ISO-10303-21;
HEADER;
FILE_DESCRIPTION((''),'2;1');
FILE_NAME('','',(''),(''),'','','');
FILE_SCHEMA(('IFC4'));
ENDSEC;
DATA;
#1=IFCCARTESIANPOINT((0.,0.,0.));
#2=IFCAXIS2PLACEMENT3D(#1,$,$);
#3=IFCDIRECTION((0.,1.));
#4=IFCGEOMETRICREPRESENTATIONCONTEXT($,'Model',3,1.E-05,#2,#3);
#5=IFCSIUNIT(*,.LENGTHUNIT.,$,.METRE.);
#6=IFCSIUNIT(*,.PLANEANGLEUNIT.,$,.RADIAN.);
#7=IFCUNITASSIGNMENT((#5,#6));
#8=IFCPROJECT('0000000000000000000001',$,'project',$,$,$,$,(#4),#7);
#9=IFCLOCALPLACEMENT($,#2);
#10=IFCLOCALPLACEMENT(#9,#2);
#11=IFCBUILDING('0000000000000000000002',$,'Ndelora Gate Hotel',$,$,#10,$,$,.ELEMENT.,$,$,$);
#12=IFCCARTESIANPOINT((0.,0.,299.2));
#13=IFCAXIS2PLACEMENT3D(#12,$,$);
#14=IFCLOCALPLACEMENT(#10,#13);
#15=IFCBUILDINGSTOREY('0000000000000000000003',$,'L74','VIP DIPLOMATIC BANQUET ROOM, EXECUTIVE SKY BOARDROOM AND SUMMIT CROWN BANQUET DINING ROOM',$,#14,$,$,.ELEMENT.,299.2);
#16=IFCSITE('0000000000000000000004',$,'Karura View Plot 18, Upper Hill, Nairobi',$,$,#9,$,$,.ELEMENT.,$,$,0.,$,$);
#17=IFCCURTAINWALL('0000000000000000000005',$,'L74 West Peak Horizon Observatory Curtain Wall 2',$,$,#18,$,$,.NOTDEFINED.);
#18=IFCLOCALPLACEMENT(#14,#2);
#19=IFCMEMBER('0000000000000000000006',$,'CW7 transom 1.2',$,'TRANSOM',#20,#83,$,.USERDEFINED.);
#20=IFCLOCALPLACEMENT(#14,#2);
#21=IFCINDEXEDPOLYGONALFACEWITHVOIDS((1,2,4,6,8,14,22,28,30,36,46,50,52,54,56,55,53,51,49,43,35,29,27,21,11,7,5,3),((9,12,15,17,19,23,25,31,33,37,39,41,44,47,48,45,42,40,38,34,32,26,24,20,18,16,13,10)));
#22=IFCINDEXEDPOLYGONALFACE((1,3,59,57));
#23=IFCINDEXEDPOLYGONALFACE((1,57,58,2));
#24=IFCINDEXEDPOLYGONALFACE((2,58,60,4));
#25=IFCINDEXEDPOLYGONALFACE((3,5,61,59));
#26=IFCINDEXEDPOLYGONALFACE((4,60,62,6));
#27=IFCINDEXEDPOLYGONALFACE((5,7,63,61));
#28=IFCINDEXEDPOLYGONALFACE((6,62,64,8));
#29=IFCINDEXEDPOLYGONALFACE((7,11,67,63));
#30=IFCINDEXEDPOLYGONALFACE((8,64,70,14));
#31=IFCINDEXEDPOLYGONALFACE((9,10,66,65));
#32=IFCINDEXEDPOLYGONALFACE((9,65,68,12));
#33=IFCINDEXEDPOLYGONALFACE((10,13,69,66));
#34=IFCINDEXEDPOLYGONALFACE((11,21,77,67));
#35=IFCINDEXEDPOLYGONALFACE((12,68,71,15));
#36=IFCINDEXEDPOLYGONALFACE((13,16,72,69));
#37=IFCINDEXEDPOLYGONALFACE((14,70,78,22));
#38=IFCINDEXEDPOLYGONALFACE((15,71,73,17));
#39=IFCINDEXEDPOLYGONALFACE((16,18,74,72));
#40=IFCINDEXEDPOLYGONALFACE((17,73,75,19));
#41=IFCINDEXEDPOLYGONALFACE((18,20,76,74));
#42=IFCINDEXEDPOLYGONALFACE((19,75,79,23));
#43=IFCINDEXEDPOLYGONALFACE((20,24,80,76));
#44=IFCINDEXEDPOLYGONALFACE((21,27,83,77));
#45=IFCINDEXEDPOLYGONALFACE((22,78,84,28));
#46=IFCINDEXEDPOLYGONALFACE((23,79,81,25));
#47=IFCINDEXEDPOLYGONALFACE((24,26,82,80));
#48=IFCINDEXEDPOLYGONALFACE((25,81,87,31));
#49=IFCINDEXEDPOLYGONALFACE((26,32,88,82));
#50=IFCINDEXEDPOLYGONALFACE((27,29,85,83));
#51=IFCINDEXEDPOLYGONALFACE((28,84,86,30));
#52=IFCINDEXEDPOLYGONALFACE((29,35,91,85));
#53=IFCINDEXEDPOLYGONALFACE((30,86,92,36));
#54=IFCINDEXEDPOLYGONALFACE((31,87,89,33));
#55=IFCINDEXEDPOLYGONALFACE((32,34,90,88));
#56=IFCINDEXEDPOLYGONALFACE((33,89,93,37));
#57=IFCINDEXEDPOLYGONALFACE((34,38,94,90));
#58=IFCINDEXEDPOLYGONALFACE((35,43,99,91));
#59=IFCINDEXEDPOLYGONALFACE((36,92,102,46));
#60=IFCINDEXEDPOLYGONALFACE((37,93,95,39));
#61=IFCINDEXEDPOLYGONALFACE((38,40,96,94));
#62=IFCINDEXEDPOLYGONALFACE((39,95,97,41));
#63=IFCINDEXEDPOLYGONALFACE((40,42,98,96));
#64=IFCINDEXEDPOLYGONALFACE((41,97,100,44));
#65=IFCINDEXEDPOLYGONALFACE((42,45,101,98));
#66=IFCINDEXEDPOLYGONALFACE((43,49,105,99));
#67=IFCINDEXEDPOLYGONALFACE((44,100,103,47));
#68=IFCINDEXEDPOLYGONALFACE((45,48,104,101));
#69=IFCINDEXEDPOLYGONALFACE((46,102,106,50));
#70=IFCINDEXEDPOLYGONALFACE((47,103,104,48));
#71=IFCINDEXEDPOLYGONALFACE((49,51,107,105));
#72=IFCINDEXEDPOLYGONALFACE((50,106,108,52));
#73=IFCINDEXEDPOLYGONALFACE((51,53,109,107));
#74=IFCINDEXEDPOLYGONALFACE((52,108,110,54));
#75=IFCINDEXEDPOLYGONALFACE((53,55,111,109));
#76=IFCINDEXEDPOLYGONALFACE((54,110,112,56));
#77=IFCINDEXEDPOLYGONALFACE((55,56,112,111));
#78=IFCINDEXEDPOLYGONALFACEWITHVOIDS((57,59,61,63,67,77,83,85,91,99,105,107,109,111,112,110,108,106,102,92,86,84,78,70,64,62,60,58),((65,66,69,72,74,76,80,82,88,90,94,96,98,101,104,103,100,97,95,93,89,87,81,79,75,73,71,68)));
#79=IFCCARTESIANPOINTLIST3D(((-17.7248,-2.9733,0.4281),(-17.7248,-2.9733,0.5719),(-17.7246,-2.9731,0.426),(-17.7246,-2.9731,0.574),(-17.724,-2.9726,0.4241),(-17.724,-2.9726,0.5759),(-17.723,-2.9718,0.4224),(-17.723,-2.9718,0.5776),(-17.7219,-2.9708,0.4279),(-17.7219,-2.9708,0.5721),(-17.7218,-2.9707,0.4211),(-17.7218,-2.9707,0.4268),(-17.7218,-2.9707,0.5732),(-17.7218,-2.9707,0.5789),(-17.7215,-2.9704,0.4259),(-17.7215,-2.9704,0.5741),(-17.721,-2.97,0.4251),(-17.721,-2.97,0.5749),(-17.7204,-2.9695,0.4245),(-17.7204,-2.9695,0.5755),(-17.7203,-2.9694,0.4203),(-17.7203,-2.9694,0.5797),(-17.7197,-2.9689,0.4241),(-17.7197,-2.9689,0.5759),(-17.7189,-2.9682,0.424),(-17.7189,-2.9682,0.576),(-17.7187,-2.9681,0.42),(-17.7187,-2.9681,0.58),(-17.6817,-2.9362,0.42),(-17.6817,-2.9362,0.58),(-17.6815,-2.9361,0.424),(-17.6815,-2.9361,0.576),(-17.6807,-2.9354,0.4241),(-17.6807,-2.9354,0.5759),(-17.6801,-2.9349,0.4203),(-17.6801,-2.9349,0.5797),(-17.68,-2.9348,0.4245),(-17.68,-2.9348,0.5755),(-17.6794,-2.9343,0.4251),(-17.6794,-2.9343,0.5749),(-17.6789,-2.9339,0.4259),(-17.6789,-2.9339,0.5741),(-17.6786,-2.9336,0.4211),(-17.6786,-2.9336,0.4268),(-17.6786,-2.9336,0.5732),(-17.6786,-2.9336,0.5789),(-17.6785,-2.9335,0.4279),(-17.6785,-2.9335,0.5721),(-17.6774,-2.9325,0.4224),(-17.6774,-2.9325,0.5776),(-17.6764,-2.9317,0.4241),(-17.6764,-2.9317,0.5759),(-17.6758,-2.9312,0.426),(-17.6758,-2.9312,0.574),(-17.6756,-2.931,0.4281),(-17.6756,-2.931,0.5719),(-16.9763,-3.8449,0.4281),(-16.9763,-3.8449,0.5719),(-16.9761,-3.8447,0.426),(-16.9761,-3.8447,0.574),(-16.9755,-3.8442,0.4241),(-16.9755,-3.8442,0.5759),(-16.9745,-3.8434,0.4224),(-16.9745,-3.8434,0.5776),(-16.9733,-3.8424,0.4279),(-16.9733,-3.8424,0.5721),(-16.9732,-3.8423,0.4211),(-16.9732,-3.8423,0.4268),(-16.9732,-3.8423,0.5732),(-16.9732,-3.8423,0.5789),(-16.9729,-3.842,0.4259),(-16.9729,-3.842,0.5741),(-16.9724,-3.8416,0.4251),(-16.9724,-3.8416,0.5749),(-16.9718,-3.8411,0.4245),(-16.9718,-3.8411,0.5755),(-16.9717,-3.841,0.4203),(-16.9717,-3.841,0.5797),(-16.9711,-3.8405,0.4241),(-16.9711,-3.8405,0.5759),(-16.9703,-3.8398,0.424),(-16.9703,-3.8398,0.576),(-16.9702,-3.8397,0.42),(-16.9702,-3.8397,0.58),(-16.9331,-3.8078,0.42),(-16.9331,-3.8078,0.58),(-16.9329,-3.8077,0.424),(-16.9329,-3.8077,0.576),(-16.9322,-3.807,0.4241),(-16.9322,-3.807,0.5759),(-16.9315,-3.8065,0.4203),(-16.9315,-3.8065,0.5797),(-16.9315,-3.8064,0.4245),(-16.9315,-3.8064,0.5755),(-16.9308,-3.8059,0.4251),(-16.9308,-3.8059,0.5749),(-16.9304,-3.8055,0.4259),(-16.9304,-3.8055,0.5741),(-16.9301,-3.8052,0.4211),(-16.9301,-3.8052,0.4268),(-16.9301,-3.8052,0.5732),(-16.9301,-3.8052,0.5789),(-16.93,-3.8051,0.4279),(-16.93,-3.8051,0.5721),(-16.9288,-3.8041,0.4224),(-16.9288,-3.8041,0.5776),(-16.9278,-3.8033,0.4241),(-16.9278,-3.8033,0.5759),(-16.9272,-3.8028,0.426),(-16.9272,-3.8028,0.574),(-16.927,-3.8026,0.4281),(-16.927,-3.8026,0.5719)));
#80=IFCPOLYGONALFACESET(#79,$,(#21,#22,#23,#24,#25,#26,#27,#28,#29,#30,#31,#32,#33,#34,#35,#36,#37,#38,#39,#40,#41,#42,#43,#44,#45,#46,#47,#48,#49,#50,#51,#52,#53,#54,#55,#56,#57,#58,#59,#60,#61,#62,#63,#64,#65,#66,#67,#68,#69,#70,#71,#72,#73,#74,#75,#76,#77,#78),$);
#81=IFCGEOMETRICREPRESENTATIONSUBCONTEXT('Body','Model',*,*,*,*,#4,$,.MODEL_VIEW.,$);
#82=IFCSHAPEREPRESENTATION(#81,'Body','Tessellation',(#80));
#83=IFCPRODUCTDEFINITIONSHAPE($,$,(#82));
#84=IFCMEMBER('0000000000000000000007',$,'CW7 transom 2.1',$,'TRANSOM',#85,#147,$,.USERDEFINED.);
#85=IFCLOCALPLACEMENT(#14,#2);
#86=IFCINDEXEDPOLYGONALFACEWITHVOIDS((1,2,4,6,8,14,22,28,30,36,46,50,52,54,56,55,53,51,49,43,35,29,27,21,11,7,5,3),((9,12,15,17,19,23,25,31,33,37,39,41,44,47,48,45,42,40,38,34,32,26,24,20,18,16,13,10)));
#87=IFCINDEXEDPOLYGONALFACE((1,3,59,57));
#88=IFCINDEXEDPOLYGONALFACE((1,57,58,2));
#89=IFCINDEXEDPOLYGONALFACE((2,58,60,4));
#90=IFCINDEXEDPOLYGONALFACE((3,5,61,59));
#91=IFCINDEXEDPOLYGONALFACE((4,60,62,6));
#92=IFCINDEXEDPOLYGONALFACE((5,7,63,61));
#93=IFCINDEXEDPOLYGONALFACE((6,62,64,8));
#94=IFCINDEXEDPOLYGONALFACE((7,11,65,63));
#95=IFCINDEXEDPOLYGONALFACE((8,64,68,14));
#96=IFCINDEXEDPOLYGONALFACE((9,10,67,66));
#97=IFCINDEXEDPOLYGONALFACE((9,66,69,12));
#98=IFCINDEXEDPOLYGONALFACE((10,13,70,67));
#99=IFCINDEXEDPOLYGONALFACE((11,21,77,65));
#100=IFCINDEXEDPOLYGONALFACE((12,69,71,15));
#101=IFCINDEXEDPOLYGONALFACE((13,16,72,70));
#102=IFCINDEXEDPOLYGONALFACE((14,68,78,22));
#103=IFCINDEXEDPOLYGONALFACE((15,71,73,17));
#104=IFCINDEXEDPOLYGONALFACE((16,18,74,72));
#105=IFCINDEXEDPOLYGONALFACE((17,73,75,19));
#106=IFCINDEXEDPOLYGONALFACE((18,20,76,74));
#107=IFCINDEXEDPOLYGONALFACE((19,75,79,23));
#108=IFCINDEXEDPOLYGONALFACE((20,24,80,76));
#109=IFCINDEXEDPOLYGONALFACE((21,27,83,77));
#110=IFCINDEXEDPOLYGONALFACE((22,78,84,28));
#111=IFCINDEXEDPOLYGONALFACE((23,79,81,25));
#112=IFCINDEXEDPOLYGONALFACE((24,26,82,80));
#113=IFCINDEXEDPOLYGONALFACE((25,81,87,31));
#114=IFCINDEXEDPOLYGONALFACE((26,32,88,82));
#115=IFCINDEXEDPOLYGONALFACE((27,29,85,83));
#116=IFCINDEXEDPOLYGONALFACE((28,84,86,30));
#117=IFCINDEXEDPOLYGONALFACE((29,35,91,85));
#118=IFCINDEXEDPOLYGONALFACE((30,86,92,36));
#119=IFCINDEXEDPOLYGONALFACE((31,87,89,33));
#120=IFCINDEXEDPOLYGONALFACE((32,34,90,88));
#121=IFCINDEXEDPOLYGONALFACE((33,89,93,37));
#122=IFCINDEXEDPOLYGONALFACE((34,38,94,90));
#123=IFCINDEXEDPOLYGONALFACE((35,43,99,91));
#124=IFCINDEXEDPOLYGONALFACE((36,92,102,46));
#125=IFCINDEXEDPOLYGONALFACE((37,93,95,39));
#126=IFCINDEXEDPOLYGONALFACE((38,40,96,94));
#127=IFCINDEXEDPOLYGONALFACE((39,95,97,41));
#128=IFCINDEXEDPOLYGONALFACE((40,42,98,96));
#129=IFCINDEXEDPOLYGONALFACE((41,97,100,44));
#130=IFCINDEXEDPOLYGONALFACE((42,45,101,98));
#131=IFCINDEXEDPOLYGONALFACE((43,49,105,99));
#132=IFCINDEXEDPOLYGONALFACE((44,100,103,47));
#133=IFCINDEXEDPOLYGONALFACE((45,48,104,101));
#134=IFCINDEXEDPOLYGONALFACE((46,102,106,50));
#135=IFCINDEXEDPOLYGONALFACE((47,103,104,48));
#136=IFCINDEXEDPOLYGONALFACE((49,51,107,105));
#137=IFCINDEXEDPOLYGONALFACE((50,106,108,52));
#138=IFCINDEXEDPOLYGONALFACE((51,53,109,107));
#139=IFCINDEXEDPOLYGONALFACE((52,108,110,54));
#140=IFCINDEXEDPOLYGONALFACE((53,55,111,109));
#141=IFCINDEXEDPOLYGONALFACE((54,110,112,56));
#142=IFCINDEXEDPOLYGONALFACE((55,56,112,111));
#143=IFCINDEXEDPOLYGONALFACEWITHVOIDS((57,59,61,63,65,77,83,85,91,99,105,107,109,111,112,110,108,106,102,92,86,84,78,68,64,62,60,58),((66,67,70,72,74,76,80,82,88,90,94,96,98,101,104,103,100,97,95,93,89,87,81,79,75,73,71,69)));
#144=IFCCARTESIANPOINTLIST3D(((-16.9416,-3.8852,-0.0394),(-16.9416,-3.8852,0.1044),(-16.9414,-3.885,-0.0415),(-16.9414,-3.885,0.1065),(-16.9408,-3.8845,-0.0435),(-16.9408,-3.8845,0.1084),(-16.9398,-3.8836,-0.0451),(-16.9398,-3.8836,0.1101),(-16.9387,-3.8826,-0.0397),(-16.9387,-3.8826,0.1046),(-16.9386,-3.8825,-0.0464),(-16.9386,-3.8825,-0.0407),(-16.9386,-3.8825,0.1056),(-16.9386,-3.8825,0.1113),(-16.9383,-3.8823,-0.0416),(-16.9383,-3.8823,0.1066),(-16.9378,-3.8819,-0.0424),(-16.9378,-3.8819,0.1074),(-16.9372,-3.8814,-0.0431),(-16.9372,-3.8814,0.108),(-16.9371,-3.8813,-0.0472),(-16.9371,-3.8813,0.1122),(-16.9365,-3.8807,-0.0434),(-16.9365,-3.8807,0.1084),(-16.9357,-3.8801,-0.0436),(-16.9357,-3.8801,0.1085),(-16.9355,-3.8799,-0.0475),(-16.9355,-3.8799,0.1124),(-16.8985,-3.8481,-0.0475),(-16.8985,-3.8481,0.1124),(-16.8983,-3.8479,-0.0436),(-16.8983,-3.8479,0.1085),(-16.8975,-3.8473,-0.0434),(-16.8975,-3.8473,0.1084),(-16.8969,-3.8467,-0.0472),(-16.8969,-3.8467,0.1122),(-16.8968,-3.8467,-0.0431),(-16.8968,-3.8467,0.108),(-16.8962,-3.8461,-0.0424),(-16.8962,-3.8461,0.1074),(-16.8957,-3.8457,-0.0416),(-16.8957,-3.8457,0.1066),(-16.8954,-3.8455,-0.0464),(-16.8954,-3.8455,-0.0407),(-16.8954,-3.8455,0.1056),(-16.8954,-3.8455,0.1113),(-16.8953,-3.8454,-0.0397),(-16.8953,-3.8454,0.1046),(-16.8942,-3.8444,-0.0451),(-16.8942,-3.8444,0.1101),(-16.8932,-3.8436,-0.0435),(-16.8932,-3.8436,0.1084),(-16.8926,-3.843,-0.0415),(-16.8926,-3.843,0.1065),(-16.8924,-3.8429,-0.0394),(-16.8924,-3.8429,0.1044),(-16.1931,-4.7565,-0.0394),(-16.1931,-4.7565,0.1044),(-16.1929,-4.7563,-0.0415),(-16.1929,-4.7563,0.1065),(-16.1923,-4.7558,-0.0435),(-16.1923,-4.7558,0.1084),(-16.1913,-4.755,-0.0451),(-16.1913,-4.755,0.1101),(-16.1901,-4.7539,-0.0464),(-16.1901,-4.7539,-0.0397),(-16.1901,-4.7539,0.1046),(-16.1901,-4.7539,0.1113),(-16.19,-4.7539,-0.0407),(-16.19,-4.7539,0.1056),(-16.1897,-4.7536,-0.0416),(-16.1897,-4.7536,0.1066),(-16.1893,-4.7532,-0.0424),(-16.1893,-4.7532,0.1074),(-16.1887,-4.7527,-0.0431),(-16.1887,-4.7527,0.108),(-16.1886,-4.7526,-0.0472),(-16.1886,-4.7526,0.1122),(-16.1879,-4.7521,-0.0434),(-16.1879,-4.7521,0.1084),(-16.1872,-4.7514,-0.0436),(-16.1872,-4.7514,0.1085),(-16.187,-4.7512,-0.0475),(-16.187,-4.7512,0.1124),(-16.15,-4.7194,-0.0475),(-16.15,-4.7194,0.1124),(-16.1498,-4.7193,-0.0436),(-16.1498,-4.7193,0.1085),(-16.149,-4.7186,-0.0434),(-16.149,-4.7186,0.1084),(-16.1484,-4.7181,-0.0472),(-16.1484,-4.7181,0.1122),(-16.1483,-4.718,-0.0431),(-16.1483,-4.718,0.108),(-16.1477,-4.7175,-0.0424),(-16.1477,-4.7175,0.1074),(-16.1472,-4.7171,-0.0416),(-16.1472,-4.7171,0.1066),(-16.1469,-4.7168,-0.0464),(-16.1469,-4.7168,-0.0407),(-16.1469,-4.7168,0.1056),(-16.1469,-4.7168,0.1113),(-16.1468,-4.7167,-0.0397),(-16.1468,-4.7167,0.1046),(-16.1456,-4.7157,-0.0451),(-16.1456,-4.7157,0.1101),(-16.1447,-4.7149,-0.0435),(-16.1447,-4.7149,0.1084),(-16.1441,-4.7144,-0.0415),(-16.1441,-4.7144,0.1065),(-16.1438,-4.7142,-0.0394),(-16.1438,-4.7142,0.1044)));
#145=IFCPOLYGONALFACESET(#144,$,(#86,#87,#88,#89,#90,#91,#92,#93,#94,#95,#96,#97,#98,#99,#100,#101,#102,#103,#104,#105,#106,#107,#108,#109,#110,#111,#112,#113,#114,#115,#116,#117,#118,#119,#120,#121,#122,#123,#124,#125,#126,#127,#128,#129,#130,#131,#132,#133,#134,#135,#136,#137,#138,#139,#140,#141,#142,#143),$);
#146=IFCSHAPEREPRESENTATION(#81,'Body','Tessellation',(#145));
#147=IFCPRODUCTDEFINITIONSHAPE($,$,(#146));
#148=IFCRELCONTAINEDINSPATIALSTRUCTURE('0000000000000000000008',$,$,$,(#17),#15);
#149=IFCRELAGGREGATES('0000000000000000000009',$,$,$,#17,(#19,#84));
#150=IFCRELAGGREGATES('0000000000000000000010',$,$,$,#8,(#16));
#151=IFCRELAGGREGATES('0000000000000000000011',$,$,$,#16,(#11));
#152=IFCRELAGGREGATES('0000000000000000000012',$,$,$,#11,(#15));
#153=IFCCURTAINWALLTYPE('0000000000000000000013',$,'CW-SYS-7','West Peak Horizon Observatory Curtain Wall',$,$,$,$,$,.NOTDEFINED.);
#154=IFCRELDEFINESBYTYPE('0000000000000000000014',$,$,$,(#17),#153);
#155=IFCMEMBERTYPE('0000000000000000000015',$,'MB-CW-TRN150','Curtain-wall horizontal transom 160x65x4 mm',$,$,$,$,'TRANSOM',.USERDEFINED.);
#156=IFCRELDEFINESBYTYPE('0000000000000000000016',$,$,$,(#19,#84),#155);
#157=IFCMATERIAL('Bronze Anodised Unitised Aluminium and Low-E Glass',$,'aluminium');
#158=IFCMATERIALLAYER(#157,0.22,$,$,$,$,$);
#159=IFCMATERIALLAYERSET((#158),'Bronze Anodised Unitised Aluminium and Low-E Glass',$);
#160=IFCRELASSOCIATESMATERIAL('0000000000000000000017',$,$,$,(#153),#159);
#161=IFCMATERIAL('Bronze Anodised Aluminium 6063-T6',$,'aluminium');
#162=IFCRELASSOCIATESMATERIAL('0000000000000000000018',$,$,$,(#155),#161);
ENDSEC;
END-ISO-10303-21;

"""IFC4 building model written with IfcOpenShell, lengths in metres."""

from ifc_helpers import new_model, si_unit, direction, frame, origin, origin_2d, place, context, subcontext, project, spatial, hollow_rectangle, extrude, material, layer, layer_set, material_profile, profile_set, type_object, element, aggregate, save


model = new_model("IFC4")

# Units and contexts
model_context = context("Model", 3, precision=1e-05, world=origin(), true_north=direction((0.0, 1.0)))
body_context = subcontext(model_context, "Body", "Model", "MODEL_VIEW")
ifc_project = project(units=[si_unit("LENGTHUNIT", "METRE"), si_unit("PLANEANGLEUNIT", "RADIAN")], contexts=[model_context])

# Site, building, storey
site_placement = place(None, origin())
site = spatial("IfcSite", under=ifc_project, at=site_placement, Name="Karura View Plot 18, Upper Hill, Nairobi", CompositionType="ELEMENT", RefElevation=0.0)
building_placement = place(site_placement, origin())
building = spatial("IfcBuilding", under=site, at=building_placement, Name="Ndelora Gate Hotel", CompositionType="ELEMENT")
storey_placement = place(building_placement, frame((0.0, 0.0, 299.2)))
storey = spatial("IfcBuildingStorey", under=building, at=storey_placement, Name="L74", Description="VIP DIPLOMATIC BANQUET ROOM, EXECUTIVE SKY BOARDROOM AND SUMMIT CROWN BANQUET DINING ROOM", CompositionType="ELEMENT", Elevation=299.2)

# Curtain wall, members
ifc_material_1 = material(Name="Bronze Anodised Unitised Aluminium and Low-E Glass", Category="aluminium")
ifc_layer_1 = layer(ifc_material_1, 0.22)
ifc_layer_set_1 = layer_set([ifc_layer_1], Name="Bronze Anodised Unitised Aluminium and Low-E Glass")
curtain_wall_type = type_object("IfcCurtainWallType", Name="CW-SYS-7", Description="West Peak Horizon Observatory Curtain Wall", PredefinedType="NOTDEFINED", material=ifc_layer_set_1)
curtain_wall_placement = place(storey_placement, origin())
curtain_wall = element("IfcCurtainWall", 1, at=curtain_wall_placement, inside=storey, type_object=curtain_wall_type, Name="L74 West Peak Horizon Observatory Curtain Wall 2", PredefinedType="NOTDEFINED")
ifc_material_2 = material(Name="Bronze Anodised Aluminium 6063-T6", Category="aluminium")
ifc_material_profile_1 = material_profile(ifc_material_2, hollow_rectangle(XDim=0.0649, YDim=0.1599, WallThickness=0.0039, InnerFilletRadius=0.0039, OuterFilletRadius=0.0081, at=origin_2d()), Name="ALU 160x65x4")
ifc_profile_set_1 = profile_set([ifc_material_profile_1], Name="Bronze Anodised Aluminium 6063-T6")
member_type_1 = type_object("IfcMemberType", Name="MB-CW-TRN150", Description="Curtain-wall horizontal transom 160x65x4 mm", ElementType="TRANSOM", PredefinedType="USERDEFINED", material=ifc_profile_set_1)
member_1_placement = place(storey_placement, frame((-17.7002, -2.9521, 0.5), z_axis=(0.651526, -0.758626, 0.0), x_axis=(0.758626, 0.651526, 0.0)))
member_1 = element("IfcMember", 2, at=member_1_placement, type_object=member_type_1, Name="CW7 transom 1.2", ObjectType="TRANSOM", PredefinedType="USERDEFINED", context=body_context, shape_type="SweptSolid", body=[
    extrude(hollow_rectangle(XDim=0.0649, YDim=0.1599, WallThickness=0.0039, InnerFilletRadius=0.0039, OuterFilletRadius=0.0081, at=origin_2d()), origin(), (0.0, 0.0, 1.0), 1.1489),
])
member_2_placement = place(storey_placement, frame((-16.917, -3.864, 0.0325), z_axis=(0.651631, -0.758536, 0.0), x_axis=(0.758536, 0.651631, 0.0)))
member_2 = element("IfcMember", 3, at=member_2_placement, type_object=member_type_1, Name="CW7 transom 2.1", ObjectType="TRANSOM", PredefinedType="USERDEFINED", context=body_context, shape_type="SweptSolid", body=[
    extrude(hollow_rectangle(XDim=0.0649, YDim=0.1599, WallThickness=0.0039, InnerFilletRadius=0.0039, OuterFilletRadius=0.0081, at=origin_2d()), origin(), (0.0, 0.0, 1.0), 1.1487),
])
aggregate(curtain_wall, [member_1, member_2])

save(model, "model.ifc")
